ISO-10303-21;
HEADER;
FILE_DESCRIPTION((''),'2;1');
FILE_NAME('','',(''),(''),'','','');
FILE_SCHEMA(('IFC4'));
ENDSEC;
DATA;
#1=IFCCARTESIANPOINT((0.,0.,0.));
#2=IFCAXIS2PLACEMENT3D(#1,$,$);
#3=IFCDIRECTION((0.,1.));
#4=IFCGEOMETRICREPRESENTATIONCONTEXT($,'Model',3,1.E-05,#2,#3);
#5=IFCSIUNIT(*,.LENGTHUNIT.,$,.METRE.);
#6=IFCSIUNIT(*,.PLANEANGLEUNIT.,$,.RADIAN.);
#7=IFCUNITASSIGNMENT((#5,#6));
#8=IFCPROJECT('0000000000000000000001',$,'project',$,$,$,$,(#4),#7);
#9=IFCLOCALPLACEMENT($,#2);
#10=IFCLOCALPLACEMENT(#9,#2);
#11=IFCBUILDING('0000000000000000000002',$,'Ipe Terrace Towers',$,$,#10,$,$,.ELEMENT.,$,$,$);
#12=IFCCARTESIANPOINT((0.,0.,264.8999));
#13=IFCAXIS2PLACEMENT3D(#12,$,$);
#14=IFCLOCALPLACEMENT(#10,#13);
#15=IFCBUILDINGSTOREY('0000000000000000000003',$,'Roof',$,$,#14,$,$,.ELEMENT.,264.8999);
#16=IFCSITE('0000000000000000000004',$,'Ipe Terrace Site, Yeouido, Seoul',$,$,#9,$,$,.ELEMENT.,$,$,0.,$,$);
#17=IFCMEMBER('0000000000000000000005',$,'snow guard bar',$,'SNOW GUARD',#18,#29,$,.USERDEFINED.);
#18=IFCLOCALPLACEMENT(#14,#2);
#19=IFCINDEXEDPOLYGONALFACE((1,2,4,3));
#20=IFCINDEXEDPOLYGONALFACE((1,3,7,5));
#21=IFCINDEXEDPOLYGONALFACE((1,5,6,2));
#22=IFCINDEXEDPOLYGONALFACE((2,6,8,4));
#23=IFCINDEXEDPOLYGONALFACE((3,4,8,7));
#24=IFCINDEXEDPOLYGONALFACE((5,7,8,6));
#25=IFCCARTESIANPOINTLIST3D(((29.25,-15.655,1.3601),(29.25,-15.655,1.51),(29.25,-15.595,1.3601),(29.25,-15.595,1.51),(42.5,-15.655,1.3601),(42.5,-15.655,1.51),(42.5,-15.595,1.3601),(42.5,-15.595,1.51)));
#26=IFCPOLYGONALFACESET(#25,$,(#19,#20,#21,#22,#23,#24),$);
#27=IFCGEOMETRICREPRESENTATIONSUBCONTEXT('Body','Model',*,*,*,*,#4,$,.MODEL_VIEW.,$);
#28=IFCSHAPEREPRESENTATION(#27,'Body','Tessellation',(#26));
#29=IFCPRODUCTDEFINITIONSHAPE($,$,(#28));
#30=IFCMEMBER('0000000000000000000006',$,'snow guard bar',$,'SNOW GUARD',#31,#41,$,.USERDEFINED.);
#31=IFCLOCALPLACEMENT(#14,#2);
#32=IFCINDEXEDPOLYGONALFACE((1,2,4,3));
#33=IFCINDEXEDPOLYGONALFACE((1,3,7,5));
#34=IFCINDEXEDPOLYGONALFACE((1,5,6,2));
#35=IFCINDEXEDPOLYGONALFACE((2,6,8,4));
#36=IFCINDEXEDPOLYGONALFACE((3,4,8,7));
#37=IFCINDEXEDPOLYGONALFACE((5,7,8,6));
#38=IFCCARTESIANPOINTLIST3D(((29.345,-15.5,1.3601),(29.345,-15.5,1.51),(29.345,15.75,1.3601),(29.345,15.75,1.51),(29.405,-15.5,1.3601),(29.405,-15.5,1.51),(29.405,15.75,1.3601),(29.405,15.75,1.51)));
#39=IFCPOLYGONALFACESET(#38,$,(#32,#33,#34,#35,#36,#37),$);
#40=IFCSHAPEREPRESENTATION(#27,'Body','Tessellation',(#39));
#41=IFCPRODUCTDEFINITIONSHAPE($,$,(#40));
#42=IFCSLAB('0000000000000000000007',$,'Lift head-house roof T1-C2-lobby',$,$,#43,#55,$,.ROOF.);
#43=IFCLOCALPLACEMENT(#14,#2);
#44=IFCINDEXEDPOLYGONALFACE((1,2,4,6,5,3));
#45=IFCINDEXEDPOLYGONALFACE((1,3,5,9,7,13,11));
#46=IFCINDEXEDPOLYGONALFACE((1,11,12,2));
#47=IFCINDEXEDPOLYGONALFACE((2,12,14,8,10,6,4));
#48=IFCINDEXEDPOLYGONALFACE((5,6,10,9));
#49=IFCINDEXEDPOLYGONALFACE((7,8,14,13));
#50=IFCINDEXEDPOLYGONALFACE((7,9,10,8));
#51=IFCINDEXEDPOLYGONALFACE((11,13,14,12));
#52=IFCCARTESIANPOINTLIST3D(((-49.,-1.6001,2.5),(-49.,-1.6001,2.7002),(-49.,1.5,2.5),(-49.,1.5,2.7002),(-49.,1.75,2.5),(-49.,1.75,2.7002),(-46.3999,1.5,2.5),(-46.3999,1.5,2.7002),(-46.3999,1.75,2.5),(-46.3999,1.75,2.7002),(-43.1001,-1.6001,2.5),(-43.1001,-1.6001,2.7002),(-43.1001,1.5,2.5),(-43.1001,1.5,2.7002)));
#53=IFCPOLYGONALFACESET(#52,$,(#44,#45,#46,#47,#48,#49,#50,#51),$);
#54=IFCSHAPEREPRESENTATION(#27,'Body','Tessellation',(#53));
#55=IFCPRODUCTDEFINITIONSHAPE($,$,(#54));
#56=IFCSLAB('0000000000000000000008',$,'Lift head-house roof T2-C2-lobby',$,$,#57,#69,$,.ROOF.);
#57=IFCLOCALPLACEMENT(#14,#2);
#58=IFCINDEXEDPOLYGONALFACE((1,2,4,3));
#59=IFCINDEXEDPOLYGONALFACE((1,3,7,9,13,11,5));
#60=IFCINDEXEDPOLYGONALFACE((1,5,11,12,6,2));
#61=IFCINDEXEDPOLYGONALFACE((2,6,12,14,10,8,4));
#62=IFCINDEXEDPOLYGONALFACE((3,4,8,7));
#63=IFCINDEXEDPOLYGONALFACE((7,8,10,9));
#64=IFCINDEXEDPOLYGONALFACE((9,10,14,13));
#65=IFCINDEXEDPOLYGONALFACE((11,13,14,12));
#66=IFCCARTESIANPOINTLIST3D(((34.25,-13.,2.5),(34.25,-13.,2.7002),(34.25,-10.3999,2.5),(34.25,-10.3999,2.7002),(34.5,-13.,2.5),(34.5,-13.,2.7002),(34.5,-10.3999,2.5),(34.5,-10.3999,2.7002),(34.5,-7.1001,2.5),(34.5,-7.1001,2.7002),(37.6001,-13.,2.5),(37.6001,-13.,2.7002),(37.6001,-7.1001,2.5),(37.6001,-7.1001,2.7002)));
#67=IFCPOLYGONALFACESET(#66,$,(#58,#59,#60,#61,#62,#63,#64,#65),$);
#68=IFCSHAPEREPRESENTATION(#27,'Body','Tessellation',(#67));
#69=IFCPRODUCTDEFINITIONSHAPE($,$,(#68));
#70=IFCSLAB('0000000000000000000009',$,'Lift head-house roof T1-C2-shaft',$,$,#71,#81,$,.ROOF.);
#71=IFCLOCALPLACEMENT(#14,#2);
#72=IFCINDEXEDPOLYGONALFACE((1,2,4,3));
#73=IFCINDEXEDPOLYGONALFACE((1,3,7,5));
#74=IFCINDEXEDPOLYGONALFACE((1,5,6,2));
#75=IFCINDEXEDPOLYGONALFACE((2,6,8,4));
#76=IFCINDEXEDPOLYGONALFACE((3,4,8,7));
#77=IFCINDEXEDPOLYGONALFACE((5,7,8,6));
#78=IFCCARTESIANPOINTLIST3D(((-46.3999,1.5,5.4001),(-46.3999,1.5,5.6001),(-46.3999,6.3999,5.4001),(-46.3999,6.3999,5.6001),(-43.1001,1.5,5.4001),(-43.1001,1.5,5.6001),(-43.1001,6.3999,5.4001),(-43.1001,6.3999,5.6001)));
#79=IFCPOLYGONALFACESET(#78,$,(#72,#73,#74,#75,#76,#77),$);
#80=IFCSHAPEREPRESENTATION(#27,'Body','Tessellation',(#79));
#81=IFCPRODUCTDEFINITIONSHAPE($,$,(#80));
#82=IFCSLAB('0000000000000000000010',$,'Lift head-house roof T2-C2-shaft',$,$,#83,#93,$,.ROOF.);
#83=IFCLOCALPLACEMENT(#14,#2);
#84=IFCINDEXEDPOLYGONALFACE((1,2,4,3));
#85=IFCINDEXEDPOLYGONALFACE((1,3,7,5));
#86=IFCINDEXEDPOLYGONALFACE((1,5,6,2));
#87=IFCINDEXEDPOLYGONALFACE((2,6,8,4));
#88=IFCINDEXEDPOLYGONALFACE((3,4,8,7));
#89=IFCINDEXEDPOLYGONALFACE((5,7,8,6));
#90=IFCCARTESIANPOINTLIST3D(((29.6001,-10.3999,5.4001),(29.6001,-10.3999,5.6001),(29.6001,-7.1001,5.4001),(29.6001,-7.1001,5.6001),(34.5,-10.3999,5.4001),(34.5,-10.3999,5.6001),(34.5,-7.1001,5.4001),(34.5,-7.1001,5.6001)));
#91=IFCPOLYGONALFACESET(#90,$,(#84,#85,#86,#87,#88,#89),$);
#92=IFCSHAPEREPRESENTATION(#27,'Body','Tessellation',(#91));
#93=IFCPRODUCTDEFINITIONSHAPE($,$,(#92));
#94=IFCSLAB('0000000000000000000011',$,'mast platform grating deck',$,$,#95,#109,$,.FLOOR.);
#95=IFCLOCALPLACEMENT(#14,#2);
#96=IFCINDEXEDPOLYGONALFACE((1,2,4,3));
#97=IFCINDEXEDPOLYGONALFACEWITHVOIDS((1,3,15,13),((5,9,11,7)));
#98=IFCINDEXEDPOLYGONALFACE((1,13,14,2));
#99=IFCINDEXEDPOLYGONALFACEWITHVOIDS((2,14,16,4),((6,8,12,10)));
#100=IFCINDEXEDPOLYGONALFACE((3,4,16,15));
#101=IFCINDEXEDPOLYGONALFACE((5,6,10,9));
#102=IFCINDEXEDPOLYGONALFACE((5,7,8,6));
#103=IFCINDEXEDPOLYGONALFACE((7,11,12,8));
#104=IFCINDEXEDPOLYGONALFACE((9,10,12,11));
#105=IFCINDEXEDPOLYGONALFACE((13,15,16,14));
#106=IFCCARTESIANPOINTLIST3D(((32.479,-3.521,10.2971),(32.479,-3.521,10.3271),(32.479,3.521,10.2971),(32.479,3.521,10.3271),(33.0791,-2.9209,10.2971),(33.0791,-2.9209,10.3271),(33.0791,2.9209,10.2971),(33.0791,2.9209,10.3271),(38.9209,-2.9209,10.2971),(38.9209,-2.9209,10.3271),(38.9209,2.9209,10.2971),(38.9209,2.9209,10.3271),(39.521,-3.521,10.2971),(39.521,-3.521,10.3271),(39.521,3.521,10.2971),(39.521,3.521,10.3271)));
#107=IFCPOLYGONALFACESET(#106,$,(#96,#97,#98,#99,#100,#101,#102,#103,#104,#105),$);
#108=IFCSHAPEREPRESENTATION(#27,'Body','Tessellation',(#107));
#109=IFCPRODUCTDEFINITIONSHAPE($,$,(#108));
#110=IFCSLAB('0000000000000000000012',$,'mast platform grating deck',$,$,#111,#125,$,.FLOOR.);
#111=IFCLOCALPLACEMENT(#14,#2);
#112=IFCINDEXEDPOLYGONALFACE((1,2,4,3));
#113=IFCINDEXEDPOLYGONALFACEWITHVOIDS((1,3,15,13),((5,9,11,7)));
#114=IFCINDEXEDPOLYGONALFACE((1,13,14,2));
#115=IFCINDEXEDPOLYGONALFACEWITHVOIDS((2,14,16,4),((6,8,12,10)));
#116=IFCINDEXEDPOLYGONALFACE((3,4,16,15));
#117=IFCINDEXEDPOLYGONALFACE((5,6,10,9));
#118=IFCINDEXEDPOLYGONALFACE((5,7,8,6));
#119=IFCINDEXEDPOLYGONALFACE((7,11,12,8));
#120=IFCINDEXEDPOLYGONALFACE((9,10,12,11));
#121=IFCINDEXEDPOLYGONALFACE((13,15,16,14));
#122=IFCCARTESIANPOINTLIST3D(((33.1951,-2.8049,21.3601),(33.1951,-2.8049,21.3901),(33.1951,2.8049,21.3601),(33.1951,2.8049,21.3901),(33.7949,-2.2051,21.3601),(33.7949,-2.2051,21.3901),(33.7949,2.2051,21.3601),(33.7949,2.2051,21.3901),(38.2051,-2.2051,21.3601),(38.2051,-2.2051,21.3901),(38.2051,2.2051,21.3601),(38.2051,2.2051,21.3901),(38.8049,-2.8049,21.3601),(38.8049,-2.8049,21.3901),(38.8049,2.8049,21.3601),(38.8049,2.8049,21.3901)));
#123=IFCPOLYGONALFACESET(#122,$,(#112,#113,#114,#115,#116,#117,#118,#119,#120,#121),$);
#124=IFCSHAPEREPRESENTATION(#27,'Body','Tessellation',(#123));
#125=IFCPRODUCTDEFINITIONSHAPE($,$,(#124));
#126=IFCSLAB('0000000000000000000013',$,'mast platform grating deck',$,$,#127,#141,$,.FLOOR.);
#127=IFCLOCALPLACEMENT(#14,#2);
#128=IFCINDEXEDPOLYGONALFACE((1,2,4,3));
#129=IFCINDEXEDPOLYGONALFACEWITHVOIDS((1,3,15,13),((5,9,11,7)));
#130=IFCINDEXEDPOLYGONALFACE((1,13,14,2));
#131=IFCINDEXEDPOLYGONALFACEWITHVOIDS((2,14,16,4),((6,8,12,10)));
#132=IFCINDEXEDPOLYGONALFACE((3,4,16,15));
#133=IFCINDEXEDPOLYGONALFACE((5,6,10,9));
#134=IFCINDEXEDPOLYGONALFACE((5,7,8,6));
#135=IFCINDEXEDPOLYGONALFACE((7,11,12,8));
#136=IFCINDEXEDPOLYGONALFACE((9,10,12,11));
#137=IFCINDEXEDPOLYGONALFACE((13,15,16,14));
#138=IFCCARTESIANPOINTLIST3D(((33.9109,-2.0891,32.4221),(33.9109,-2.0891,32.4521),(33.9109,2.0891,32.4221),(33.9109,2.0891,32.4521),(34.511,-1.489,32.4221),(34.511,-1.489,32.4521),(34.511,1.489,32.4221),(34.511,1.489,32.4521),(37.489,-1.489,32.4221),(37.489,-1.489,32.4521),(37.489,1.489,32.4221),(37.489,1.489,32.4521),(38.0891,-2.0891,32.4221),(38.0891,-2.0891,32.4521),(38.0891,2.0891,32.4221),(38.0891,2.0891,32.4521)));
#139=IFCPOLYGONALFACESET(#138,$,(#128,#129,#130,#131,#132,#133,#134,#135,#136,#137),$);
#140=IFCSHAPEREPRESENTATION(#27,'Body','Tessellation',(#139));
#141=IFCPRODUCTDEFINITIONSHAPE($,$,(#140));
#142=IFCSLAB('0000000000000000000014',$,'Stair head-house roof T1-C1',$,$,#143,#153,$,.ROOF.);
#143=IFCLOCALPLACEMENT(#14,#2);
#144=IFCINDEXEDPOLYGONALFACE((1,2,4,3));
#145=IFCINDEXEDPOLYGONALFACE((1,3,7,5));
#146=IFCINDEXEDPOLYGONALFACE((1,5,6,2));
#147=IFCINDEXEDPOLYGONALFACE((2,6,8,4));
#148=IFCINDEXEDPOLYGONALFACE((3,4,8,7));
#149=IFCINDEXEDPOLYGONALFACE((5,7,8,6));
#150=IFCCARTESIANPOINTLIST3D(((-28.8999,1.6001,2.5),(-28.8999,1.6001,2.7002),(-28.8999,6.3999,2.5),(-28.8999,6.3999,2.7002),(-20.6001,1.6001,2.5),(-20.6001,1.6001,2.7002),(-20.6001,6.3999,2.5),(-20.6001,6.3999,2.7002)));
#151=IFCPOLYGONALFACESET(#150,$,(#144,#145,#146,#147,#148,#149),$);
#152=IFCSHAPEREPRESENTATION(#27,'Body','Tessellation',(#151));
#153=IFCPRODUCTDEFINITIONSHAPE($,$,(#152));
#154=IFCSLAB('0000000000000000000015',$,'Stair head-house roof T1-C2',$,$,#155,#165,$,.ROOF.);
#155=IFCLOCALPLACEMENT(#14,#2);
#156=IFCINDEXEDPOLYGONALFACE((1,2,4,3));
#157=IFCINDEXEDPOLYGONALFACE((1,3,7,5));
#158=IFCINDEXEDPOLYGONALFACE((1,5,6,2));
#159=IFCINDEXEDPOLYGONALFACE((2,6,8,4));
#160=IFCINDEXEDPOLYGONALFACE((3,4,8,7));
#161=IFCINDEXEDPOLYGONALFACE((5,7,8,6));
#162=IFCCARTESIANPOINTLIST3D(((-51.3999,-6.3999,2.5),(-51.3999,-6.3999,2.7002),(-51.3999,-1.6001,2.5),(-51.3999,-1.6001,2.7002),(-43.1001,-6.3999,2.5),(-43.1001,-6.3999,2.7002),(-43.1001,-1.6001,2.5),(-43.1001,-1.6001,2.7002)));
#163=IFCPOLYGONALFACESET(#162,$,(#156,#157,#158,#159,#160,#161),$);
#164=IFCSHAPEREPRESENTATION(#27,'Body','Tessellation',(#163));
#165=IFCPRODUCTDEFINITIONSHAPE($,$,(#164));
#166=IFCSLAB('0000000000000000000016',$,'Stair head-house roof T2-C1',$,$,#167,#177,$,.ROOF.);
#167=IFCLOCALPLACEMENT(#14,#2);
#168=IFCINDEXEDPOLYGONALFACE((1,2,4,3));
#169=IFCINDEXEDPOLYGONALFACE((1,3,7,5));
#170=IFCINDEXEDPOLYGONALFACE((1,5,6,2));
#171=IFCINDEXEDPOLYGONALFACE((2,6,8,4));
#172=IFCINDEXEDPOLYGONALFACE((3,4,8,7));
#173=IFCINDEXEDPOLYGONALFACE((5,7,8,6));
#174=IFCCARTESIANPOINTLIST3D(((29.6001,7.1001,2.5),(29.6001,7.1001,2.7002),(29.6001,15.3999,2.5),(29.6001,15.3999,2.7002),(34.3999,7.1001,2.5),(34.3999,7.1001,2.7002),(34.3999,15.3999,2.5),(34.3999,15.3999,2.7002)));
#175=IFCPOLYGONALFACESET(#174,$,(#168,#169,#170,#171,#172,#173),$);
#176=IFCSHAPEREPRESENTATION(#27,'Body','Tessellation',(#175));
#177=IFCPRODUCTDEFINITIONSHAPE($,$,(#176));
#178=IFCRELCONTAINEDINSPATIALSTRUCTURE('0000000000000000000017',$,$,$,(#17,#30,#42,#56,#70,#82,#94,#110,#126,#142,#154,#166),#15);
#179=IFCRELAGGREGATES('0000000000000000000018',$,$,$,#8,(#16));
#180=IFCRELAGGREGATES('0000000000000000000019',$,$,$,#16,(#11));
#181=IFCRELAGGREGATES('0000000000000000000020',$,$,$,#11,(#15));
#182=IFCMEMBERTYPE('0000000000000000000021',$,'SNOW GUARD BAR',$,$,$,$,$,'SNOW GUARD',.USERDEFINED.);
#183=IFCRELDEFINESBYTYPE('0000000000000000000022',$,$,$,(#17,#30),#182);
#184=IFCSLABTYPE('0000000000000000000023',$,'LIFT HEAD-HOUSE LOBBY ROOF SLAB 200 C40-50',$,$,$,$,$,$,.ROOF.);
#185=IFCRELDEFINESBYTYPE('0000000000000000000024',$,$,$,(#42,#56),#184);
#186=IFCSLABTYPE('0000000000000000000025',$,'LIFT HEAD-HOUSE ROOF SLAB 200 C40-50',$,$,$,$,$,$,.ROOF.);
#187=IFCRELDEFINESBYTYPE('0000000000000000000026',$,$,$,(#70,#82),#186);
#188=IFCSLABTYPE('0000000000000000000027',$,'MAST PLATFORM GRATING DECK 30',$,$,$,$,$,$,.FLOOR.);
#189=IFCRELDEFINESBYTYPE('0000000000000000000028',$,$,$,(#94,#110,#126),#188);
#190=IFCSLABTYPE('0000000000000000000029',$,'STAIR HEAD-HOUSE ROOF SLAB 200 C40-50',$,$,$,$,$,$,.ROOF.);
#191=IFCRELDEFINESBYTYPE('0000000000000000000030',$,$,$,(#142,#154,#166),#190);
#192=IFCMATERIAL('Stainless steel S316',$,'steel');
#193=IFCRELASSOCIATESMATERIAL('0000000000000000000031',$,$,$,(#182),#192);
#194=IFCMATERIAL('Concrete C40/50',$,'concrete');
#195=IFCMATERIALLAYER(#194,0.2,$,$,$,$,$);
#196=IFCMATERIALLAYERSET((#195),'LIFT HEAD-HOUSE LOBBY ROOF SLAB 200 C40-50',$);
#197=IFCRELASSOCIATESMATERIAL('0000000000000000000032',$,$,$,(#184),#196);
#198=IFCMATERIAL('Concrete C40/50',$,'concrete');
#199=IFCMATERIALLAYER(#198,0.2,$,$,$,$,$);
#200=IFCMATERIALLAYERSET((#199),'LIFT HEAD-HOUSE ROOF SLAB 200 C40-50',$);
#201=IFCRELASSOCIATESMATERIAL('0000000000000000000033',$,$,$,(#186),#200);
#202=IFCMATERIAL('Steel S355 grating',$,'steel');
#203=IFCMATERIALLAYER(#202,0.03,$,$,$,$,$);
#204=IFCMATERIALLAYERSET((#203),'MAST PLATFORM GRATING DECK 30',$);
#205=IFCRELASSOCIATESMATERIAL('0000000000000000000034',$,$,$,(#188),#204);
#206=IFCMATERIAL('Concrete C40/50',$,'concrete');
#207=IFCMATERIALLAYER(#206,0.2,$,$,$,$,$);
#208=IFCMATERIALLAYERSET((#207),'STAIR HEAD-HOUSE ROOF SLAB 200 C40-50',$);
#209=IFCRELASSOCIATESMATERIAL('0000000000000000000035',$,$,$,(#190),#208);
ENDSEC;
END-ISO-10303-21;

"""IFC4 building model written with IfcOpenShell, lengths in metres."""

from ifc_helpers import new_model, si_unit, direction, frame, origin, origin_2d, place, context, subcontext, project, spatial, polyline, rectangle, outline, extrude, material, layer, layer_set, material_profile, profile_set, type_object, element, save


model = new_model("IFC4")

# Units and contexts
model_context = context("Model", 3, precision=1e-05, world=origin(), true_north=direction((0.0, 1.0)))
body_context = subcontext(model_context, "Body", "Model", "MODEL_VIEW")
ifc_project = project(units=[si_unit("LENGTHUNIT", "METRE"), si_unit("PLANEANGLEUNIT", "RADIAN")], contexts=[model_context])

# Site, building, storey
site_placement = place(None, origin())
site = spatial("IfcSite", under=ifc_project, at=site_placement, Name="Ipe Terrace Site, Yeouido, Seoul", CompositionType="ELEMENT", RefElevation=0.0)
building_placement = place(site_placement, origin())
building = spatial("IfcBuilding", under=site, at=building_placement, Name="Ipe Terrace Towers", CompositionType="ELEMENT")
storey_placement = place(building_placement, frame((0.0, 0.0, 264.8999)))
storey = spatial("IfcBuildingStorey", under=building, at=storey_placement, Name="Roof", CompositionType="ELEMENT", Elevation=264.8999)

# Members
ifc_material_1 = material(Name="Stainless steel S316", Category="steel")
ifc_material_profile = material_profile(ifc_material_1, rectangle(XDim=0.0601, YDim=0.1499, at=origin_2d()), Name="SNOW GUARD BAR")
ifc_profile_set = profile_set([ifc_material_profile], Name="Stainless steel S316")
member_type = type_object("IfcMemberType", Name="SNOW GUARD BAR", ElementType="SNOW GUARD", PredefinedType="USERDEFINED", material=ifc_profile_set)
member_1_placement = place(storey_placement, frame((29.25, -15.625, 1.4351), z_axis=(1.0, 0.0, 0.0), x_axis=(0.0, 1.0, 0.0)))
element("IfcMember", 1, at=member_1_placement, inside=storey, type_object=member_type, Name="snow guard bar", ObjectType="SNOW GUARD", PredefinedType="USERDEFINED", context=body_context, shape_type="SweptSolid", body=[
    extrude(rectangle(XDim=0.0601, YDim=0.1499, at=origin_2d()), origin(), (0.0, 0.0, 1.0), 13.25),
])
member_2_placement = place(storey_placement, frame((29.375, 15.75, 1.4351), z_axis=(0.0, -1.0, 0.0), x_axis=(1.0, 0.0, 0.0)))
element("IfcMember", 2, at=member_2_placement, inside=storey, type_object=member_type, Name="snow guard bar", ObjectType="SNOW GUARD", PredefinedType="USERDEFINED", context=body_context, shape_type="SweptSolid", body=[
    extrude(rectangle(XDim=0.0601, YDim=0.1499, at=origin_2d()), origin(), (0.0, 0.0, 1.0), 31.25),
])

# Slabs
ifc_material_2 = material(Name="Concrete C40/50", Category="concrete")
ifc_layer_1 = layer(ifc_material_2, 0.2)
ifc_layer_set_1 = layer_set([ifc_layer_1], Name="LIFT HEAD-HOUSE LOBBY ROOF SLAB 200 C40-50")
slab_type_1 = type_object("IfcSlabType", Name="LIFT HEAD-HOUSE LOBBY ROOF SLAB 200 C40-50", PredefinedType="ROOF", material=ifc_layer_set_1)
slab_1_placement = place(storey_placement, frame((0.0, 0.0, 2.5)))
element("IfcSlab", 3, at=slab_1_placement, inside=storey, type_object=slab_type_1, Name="Lift head-house roof T1-C2-lobby", PredefinedType="ROOF", context=body_context, shape_type="SweptSolid", body=[
    extrude(outline(polyline([(-43.1001, 1.5), (-43.1001, -1.6001), (-49.0, -1.6001), (-49.0, 1.5), (-49.0, 1.75), (-46.3999, 1.75), (-46.3999, 1.5), (-43.1001, 1.5)])), origin(), (0.0, 0.0, 1.0), 0.2002),
])
slab_2_placement = place(storey_placement, frame((0.0, 0.0, 2.5)))
element("IfcSlab", 4, at=slab_2_placement, inside=storey, type_object=slab_type_1, Name="Lift head-house roof T2-C2-lobby", PredefinedType="ROOF", context=body_context, shape_type="SweptSolid", body=[
    extrude(outline(polyline([(34.25, -13.0), (34.25, -10.3999), (34.5, -10.3999), (34.5, -7.1001), (37.6001, -7.1001), (37.6001, -13.0), (34.5, -13.0), (34.25, -13.0)])), origin(), (0.0, 0.0, 1.0), 0.2002),
])
ifc_material_3 = material(Name="Concrete C40/50", Category="concrete")
ifc_layer_2 = layer(ifc_material_3, 0.2)
ifc_layer_set_2 = layer_set([ifc_layer_2], Name="LIFT HEAD-HOUSE ROOF SLAB 200 C40-50")
slab_type_2 = type_object("IfcSlabType", Name="LIFT HEAD-HOUSE ROOF SLAB 200 C40-50", PredefinedType="ROOF", material=ifc_layer_set_2)
slab_3_placement = place(storey_placement, frame((0.0, 0.0, 5.4001)))
element("IfcSlab", 5, at=slab_3_placement, inside=storey, type_object=slab_type_2, Name="Lift head-house roof T1-C2-shaft", PredefinedType="ROOF", context=body_context, shape_type="SweptSolid", body=[
    extrude(outline(polyline([(-43.1001, 6.3999), (-46.3999, 6.3999), (-46.3999, 1.5), (-43.1001, 1.5), (-43.1001, 6.3999)])), origin(), (0.0, 0.0, 1.0), 0.2),
])
slab_4_placement = place(storey_placement, frame((0.0, 0.0, 5.4001)))
element("IfcSlab", 6, at=slab_4_placement, inside=storey, type_object=slab_type_2, Name="Lift head-house roof T2-C2-shaft", PredefinedType="ROOF", context=body_context, shape_type="SweptSolid", body=[
    extrude(outline(polyline([(29.6001, -7.1001), (29.6001, -10.3999), (34.5, -10.3999), (34.5, -7.1001), (29.6001, -7.1001)])), origin(), (0.0, 0.0, 1.0), 0.2),
])
ifc_material_4 = material(Name="Steel S355 grating", Category="steel")
ifc_layer_3 = layer(ifc_material_4, 0.03)
ifc_layer_set_3 = layer_set([ifc_layer_3], Name="MAST PLATFORM GRATING DECK 30")
slab_type_3 = type_object("IfcSlabType", Name="MAST PLATFORM GRATING DECK 30", PredefinedType="FLOOR", material=ifc_layer_set_3)
slab_5_placement = place(storey_placement, frame((0.0, 0.0, 10.2971)))
element("IfcSlab", 7, at=slab_5_placement, inside=storey, type_object=slab_type_3, Name="mast platform grating deck", PredefinedType="FLOOR", context=body_context, shape_type="SweptSolid", body=[
    extrude(outline(polyline([(39.521, -3.521), (39.521, 3.521), (32.479, 3.521), (32.479, -3.521), (39.521, -3.521)]), holes=[polyline([(38.9209, -2.9209), (38.9209, 2.9209), (33.0791, 2.9209), (33.0791, -2.9209), (38.9209, -2.9209)])]), origin(), (0.0, 0.0, 1.0), 0.03),
])
slab_6_placement = place(storey_placement, frame((0.0, 0.0, 21.3601)))
element("IfcSlab", 8, at=slab_6_placement, inside=storey, type_object=slab_type_3, Name="mast platform grating deck", PredefinedType="FLOOR", context=body_context, shape_type="SweptSolid", body=[
    extrude(outline(polyline([(38.8049, -2.8049), (38.8049, 2.8049), (33.1951, 2.8049), (33.1951, -2.8049), (38.8049, -2.8049)]), holes=[polyline([(38.2051, -2.2051), (38.2051, 2.2051), (33.7949, 2.2051), (33.7949, -2.2051), (38.2051, -2.2051)])]), origin(), (0.0, 0.0, 1.0), 0.03),
])
slab_7_placement = place(storey_placement, frame((0.0, 0.0, 32.4221)))
element("IfcSlab", 9, at=slab_7_placement, inside=storey, type_object=slab_type_3, Name="mast platform grating deck", PredefinedType="FLOOR", context=body_context, shape_type="SweptSolid", body=[
    extrude(outline(polyline([(38.0891, -2.0891), (38.0891, 2.0891), (33.9109, 2.0891), (33.9109, -2.0891), (38.0891, -2.0891)]), holes=[polyline([(37.489, -1.489), (37.489, 1.489), (34.511, 1.489), (34.511, -1.489), (37.489, -1.489)])]), origin(), (0.0, 0.0, 1.0), 0.03),
])
ifc_material_5 = material(Name="Concrete C40/50", Category="concrete")
ifc_layer_4 = layer(ifc_material_5, 0.2)
ifc_layer_set_4 = layer_set([ifc_layer_4], Name="STAIR HEAD-HOUSE ROOF SLAB 200 C40-50")
slab_type_4 = type_object("IfcSlabType", Name="STAIR HEAD-HOUSE ROOF SLAB 200 C40-50", PredefinedType="ROOF", material=ifc_layer_set_4)
slab_8_placement = place(storey_placement, frame((0.0, 0.0, 2.5)))
element("IfcSlab", 10, at=slab_8_placement, inside=storey, type_object=slab_type_4, Name="Stair head-house roof T1-C1", PredefinedType="ROOF", context=body_context, shape_type="SweptSolid", body=[
    extrude(outline(polyline([(-28.8999, 1.6001), (-20.6001, 1.6001), (-20.6001, 6.3999), (-28.8999, 6.3999), (-28.8999, 1.6001)])), origin(), (0.0, 0.0, 1.0), 0.2002),
])
slab_9_placement = place(storey_placement, frame((0.0, 0.0, 2.5)))
element("IfcSlab", 11, at=slab_9_placement, inside=storey, type_object=slab_type_4, Name="Stair head-house roof T1-C2", PredefinedType="ROOF", context=body_context, shape_type="SweptSolid", body=[
    extrude(outline(polyline([(-43.1001, -1.6001), (-51.3999, -1.6001), (-51.3999, -6.3999), (-43.1001, -6.3999), (-43.1001, -1.6001)])), origin(), (0.0, 0.0, 1.0), 0.2002),
])
slab_10_placement = place(storey_placement, frame((0.0, 0.0, 2.5)))
element("IfcSlab", 12, at=slab_10_placement, inside=storey, type_object=slab_type_4, Name="Stair head-house roof T2-C1", PredefinedType="ROOF", context=body_context, shape_type="SweptSolid", body=[
    extrude(outline(polyline([(34.3999, 7.1001), (34.3999, 15.3999), (29.6001, 15.3999), (29.6001, 7.1001), (34.3999, 7.1001)])), origin(), (0.0, 0.0, 1.0), 0.2002),
])

save(model, "model.ifc")
